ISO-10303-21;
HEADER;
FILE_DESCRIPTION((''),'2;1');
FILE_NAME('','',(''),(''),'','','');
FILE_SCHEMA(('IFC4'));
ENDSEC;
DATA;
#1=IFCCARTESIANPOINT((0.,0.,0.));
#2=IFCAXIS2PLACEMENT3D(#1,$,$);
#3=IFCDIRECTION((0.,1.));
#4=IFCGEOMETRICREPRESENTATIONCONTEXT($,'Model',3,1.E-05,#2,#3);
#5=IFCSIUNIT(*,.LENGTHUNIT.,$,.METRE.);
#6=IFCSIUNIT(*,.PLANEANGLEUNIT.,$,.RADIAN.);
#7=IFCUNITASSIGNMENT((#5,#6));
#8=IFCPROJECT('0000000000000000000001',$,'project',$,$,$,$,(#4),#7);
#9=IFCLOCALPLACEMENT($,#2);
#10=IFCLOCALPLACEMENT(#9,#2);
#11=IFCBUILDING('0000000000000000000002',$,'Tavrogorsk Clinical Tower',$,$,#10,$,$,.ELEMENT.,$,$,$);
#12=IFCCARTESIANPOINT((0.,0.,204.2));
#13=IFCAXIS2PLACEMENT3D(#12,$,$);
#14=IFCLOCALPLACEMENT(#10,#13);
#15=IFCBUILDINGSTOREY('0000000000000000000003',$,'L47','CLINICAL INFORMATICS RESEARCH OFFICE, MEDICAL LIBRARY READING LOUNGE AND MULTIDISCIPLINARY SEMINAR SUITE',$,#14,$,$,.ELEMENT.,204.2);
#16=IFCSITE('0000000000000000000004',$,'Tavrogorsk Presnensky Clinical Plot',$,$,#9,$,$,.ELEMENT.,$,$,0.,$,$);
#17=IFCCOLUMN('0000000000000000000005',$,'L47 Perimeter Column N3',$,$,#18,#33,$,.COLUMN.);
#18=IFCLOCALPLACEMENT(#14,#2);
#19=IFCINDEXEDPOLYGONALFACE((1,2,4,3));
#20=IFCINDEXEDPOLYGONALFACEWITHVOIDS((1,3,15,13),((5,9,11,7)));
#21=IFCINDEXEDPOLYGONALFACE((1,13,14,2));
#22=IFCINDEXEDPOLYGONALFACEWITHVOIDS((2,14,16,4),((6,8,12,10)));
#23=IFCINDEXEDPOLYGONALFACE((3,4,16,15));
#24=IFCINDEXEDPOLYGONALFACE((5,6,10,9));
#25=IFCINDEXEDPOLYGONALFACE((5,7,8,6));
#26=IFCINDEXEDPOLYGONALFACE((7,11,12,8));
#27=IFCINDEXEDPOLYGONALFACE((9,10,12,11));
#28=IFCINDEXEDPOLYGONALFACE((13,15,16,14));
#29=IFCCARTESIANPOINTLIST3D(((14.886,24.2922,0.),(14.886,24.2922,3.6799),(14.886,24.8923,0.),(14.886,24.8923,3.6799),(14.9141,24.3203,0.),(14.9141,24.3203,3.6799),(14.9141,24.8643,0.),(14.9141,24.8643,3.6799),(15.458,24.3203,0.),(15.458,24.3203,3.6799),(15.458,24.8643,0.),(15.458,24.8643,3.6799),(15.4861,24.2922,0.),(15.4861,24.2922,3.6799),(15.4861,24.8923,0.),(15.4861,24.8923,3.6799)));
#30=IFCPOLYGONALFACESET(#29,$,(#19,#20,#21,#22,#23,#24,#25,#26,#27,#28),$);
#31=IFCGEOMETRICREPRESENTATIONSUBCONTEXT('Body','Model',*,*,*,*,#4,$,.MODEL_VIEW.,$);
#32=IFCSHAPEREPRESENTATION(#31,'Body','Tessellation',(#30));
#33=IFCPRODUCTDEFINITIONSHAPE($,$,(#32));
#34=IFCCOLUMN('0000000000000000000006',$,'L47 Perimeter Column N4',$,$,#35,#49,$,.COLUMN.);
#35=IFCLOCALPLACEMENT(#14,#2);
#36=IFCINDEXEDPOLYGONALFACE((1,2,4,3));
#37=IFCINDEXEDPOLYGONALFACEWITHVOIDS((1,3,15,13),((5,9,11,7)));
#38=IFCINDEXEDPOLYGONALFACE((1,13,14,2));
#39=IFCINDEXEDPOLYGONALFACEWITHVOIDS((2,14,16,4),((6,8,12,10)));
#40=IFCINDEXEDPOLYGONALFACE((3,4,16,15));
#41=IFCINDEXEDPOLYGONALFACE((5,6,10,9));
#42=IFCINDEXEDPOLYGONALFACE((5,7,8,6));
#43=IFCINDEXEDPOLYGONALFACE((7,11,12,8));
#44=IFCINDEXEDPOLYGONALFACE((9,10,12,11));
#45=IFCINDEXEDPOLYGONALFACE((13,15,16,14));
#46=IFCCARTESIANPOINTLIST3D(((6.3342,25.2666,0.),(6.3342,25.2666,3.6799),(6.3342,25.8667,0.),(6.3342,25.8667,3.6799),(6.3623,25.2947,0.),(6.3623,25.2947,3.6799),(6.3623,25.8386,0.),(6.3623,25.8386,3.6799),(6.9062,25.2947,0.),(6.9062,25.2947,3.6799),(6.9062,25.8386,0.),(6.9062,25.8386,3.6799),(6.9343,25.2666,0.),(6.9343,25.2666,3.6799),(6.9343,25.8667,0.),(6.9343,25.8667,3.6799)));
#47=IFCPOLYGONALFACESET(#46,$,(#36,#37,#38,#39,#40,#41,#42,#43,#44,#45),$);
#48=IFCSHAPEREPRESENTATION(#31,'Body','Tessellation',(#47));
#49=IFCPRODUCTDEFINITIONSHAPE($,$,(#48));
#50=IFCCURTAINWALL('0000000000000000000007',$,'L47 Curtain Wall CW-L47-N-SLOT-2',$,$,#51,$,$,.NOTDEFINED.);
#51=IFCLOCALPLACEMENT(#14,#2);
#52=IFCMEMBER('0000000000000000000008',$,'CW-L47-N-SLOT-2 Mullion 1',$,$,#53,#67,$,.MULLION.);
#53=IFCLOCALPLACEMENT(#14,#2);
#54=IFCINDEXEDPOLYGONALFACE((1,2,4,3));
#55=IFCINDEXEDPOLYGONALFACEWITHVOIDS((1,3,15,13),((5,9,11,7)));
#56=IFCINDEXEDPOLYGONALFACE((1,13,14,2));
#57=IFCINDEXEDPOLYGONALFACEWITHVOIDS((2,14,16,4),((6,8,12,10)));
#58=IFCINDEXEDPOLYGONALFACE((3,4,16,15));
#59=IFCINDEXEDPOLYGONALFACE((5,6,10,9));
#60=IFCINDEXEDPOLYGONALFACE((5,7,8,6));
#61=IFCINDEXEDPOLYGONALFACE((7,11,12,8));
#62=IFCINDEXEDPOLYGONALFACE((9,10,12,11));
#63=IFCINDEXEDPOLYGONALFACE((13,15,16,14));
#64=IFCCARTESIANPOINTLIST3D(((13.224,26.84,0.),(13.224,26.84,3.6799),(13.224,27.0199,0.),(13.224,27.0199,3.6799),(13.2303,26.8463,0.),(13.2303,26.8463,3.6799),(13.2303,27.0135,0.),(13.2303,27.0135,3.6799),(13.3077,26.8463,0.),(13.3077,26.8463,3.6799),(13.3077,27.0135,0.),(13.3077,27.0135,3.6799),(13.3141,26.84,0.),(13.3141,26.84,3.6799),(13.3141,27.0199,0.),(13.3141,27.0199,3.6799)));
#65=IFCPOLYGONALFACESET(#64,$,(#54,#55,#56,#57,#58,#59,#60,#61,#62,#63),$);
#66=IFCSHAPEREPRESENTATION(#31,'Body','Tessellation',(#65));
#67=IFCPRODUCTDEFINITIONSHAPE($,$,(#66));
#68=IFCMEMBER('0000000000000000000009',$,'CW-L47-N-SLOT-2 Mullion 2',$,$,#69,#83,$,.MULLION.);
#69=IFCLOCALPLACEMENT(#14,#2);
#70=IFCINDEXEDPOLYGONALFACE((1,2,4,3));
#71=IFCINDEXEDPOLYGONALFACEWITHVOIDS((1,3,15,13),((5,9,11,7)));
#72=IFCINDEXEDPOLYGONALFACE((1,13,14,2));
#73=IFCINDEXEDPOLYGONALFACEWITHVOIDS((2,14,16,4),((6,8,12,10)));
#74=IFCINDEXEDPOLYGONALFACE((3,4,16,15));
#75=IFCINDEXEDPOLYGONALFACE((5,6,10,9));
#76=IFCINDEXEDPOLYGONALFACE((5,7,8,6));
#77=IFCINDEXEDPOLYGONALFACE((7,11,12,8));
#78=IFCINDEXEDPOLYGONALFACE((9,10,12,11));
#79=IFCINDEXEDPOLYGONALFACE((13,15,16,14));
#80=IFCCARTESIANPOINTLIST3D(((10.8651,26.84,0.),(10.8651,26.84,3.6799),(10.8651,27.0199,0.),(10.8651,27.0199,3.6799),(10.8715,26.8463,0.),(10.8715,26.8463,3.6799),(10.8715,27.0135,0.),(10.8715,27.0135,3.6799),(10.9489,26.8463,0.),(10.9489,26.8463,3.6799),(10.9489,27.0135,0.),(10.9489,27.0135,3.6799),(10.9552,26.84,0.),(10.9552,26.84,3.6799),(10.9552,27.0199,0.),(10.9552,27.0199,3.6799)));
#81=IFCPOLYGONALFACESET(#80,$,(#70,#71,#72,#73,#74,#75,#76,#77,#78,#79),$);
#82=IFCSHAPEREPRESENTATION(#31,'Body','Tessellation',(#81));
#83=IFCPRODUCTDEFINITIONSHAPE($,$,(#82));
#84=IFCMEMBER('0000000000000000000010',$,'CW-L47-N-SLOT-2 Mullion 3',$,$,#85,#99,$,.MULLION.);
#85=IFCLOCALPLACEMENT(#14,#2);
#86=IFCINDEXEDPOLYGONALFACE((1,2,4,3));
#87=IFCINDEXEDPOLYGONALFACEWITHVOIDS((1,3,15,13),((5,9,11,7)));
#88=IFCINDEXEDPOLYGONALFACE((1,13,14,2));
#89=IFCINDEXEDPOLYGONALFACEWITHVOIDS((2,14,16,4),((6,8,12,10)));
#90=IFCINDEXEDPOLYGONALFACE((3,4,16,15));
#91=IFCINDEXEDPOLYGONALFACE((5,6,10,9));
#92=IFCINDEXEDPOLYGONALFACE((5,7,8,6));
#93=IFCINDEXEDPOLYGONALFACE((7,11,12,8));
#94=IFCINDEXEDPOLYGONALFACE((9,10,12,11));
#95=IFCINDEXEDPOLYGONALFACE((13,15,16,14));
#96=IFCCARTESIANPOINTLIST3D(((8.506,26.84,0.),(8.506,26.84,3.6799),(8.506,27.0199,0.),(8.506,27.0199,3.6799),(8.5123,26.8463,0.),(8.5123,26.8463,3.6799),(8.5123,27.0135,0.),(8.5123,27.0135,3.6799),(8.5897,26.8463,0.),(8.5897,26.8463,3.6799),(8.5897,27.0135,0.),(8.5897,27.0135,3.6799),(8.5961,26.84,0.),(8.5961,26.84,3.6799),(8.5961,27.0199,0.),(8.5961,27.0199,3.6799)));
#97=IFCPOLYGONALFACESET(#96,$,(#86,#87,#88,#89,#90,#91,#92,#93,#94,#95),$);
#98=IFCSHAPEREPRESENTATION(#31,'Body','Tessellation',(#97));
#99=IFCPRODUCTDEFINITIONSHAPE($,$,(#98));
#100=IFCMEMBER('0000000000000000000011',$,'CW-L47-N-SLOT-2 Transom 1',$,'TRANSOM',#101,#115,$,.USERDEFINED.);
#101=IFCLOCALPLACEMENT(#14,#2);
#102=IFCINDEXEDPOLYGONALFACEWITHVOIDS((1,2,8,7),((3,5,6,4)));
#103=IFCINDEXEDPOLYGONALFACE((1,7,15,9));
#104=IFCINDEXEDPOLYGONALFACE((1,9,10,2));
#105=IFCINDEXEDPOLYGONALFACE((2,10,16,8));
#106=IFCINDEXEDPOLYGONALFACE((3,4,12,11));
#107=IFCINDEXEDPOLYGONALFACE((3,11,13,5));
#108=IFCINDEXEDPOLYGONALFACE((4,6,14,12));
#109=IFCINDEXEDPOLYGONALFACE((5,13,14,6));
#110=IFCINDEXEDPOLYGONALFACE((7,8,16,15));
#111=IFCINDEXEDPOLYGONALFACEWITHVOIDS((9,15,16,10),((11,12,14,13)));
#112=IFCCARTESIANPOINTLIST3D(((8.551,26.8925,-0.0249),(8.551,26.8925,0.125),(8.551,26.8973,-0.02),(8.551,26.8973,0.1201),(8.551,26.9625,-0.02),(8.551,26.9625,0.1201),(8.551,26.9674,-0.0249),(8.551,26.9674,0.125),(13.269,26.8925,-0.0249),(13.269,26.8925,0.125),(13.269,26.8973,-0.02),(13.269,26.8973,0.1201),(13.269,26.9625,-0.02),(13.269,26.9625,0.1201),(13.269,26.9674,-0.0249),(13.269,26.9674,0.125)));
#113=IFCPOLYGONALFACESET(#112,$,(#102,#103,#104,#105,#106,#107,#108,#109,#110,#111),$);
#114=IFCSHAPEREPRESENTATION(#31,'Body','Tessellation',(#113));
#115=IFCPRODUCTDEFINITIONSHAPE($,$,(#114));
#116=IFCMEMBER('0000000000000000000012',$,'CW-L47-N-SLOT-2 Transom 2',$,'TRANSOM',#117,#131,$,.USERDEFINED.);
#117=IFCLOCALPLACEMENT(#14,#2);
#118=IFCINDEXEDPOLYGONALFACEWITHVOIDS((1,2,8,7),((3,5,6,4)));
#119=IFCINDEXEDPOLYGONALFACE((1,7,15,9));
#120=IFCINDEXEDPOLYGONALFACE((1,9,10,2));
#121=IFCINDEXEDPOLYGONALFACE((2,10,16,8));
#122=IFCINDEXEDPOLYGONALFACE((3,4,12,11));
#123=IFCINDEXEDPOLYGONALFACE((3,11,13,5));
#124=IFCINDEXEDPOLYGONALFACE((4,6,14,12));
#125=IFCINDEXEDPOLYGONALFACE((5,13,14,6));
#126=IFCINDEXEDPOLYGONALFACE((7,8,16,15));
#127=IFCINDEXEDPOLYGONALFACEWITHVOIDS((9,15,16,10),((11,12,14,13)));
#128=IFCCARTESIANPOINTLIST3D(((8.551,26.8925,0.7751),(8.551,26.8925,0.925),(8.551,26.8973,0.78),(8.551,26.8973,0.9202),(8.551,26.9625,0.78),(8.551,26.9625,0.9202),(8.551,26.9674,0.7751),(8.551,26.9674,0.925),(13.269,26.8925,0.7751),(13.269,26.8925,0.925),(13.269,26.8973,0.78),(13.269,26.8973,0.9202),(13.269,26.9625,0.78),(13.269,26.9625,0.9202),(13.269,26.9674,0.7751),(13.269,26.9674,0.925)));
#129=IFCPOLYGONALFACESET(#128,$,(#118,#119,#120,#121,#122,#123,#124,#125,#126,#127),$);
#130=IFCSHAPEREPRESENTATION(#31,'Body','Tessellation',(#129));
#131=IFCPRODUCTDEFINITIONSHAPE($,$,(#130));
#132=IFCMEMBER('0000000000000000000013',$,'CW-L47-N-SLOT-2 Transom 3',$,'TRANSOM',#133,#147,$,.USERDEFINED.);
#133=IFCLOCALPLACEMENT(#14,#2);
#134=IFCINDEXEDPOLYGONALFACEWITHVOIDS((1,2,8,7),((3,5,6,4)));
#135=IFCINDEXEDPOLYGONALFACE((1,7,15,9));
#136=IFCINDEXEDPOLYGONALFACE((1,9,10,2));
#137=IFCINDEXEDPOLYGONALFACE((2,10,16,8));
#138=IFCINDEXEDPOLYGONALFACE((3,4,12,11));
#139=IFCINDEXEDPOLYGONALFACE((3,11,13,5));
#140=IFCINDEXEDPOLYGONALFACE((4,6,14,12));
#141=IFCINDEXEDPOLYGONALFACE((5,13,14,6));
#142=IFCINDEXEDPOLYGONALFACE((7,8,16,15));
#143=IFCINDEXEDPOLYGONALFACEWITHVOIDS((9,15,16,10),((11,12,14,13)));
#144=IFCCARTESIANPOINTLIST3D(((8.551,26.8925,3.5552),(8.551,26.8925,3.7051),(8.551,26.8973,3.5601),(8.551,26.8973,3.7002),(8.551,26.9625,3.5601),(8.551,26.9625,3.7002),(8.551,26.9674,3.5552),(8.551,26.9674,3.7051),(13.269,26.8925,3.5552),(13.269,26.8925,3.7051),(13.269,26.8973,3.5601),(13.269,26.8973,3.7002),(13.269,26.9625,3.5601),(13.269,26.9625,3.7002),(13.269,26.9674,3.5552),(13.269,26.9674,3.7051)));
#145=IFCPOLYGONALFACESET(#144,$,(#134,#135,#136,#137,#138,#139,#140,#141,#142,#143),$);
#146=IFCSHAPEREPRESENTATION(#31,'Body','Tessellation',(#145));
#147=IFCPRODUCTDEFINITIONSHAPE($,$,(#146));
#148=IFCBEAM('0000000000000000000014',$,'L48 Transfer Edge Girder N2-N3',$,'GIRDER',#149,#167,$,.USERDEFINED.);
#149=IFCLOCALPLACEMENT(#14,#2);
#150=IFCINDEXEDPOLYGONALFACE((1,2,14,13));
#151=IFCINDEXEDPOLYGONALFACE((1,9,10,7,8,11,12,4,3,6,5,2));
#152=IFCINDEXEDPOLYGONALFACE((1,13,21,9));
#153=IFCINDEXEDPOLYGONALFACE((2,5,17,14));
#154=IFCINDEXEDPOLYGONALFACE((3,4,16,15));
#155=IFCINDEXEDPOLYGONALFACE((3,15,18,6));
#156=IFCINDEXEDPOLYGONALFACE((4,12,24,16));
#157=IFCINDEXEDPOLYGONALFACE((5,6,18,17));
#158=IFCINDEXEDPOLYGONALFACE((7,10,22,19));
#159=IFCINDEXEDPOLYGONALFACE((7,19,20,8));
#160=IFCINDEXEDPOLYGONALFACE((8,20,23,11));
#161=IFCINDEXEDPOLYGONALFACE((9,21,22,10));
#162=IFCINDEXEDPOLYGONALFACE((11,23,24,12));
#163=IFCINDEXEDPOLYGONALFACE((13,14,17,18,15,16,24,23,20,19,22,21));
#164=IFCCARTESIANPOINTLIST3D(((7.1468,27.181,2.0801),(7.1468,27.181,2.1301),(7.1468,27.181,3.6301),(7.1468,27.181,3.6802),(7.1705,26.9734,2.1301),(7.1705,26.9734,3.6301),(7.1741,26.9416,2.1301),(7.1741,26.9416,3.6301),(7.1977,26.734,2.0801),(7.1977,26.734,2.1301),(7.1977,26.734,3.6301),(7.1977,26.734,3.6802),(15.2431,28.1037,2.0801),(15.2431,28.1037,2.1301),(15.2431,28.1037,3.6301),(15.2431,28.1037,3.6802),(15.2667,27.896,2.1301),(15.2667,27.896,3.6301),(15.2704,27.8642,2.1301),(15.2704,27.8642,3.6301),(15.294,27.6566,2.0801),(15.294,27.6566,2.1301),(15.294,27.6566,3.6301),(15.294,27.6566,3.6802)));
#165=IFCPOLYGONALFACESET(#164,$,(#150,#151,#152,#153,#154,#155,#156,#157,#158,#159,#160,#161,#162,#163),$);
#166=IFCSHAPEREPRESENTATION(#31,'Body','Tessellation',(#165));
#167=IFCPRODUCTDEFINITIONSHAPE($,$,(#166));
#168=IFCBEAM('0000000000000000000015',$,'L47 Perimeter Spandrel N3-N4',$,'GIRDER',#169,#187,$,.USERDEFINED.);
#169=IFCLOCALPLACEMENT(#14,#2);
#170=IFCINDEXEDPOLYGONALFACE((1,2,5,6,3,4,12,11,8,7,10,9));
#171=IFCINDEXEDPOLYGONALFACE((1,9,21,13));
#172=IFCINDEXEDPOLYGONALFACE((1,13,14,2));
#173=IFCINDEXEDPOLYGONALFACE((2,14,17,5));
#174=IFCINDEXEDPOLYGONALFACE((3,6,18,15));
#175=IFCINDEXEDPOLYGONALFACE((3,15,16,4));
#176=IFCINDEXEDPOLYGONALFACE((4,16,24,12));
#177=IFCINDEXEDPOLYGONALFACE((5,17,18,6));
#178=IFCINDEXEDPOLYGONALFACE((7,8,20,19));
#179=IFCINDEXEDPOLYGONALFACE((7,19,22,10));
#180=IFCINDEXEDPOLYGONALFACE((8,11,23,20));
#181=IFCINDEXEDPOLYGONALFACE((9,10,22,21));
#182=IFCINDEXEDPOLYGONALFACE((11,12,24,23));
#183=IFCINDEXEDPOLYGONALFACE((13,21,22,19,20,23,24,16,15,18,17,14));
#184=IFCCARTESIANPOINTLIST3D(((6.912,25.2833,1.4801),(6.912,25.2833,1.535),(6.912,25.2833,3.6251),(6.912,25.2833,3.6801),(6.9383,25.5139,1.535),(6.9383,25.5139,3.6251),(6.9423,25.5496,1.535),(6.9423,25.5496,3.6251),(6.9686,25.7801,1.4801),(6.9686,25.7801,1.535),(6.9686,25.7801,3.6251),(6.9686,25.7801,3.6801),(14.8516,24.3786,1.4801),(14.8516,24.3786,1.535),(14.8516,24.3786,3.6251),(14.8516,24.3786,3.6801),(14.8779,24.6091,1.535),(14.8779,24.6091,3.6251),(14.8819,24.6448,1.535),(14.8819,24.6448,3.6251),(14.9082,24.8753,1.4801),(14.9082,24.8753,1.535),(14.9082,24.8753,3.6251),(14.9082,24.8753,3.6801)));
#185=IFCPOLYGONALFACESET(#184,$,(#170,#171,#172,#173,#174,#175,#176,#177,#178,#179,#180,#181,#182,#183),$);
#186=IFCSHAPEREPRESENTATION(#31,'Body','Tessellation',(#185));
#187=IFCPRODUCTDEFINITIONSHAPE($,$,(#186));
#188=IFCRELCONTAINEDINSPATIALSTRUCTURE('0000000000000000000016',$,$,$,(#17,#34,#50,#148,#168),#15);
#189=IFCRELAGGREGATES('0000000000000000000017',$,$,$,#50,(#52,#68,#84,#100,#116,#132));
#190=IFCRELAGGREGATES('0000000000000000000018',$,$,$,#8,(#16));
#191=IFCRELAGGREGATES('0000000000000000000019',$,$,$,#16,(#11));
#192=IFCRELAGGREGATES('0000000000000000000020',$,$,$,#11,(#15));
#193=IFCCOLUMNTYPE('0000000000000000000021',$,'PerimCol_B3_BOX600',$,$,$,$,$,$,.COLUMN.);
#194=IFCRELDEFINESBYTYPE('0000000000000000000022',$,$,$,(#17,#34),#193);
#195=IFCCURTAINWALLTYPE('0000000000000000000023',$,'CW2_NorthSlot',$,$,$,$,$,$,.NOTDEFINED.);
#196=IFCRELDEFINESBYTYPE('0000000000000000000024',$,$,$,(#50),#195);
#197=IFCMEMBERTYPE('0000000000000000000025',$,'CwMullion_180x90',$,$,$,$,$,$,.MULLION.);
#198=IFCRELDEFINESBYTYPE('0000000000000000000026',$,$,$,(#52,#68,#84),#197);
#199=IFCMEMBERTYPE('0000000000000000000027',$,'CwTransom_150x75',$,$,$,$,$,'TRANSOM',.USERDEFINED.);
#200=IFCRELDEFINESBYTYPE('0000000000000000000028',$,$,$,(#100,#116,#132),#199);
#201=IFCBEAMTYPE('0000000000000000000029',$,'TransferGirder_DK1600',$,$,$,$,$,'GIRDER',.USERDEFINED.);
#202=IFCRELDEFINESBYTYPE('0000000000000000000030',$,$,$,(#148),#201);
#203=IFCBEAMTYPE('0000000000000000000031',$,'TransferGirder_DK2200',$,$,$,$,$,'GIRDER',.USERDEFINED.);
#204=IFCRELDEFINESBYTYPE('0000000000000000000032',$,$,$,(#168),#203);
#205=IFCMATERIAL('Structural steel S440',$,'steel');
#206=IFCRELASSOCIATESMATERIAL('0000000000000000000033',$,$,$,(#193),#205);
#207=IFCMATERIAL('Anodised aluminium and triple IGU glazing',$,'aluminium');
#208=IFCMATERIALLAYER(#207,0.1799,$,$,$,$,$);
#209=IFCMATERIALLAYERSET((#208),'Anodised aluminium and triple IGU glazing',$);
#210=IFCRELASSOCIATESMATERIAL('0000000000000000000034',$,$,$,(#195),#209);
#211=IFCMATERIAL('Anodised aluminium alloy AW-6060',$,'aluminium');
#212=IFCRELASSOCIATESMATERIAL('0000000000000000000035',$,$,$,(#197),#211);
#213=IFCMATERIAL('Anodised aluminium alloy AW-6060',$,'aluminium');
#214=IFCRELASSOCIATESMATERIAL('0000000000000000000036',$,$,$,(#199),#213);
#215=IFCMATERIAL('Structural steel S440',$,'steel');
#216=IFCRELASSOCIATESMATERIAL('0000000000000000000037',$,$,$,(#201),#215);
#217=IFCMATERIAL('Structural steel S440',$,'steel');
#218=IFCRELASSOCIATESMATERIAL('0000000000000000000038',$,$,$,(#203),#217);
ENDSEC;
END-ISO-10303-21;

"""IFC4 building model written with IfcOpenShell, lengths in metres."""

from ifc_helpers import new_model, si_unit, direction, frame, origin, origin_2d, place, context, subcontext, project, spatial, hollow_rectangle, i_section, extrude, material, layer, layer_set, material_profile, profile_set, type_object, element, aggregate, save


model = new_model("IFC4")

# Units and contexts
model_context = context("Model", 3, precision=1e-05, world=origin(), true_north=direction((0.0, 1.0)))
body_context = subcontext(model_context, "Body", "Model", "MODEL_VIEW")
ifc_project = project(units=[si_unit("LENGTHUNIT", "METRE"), si_unit("PLANEANGLEUNIT", "RADIAN")], contexts=[model_context])

# Site, building, storey
site_placement = place(None, origin())
site = spatial("IfcSite", under=ifc_project, at=site_placement, Name="Tavrogorsk Presnensky Clinical Plot", CompositionType="ELEMENT", RefElevation=0.0)
building_placement = place(site_placement, origin())
building = spatial("IfcBuilding", under=site, at=building_placement, Name="Tavrogorsk Clinical Tower", CompositionType="ELEMENT")
storey_placement = place(building_placement, frame((0.0, 0.0, 204.2)))
storey = spatial("IfcBuildingStorey", under=building, at=storey_placement, Name="L47", Description="CLINICAL INFORMATICS RESEARCH OFFICE, MEDICAL LIBRARY READING LOUNGE AND MULTIDISCIPLINARY SEMINAR SUITE", CompositionType="ELEMENT", Elevation=204.2)

# Columns
ifc_material_1 = material(Name="Structural steel S440", Category="steel")
ifc_material_profile_1 = material_profile(ifc_material_1, hollow_rectangle(XDim=0.6001, YDim=0.6001, WallThickness=0.0281, at=origin_2d()), Name="BOX-600x600x28")
ifc_profile_set_1 = profile_set([ifc_material_profile_1], Name="Structural steel S440")
column_type = type_object("IfcColumnType", Name="PerimCol_B3_BOX600", PredefinedType="COLUMN", material=ifc_profile_set_1)
for number, where, z_axis, x_axis, name in (
    (1, (15.186, 24.5923, 0.0), (0.0, 0.0, 1.0), (1.0, 0.0, 0.0), "L47 Perimeter Column N3"),
    (2, (6.6343, 25.5667, 0.0), (0.0, 0.0, 1.0), (1.0, 0.0, 0.0), "L47 Perimeter Column N4"),
):
    element("IfcColumn", number, at=place(storey_placement, frame(where, z_axis=z_axis, x_axis=x_axis)), inside=storey, type_object=column_type, Name=name, PredefinedType="COLUMN", context=body_context, shape_type="SweptSolid", body=[
        extrude(hollow_rectangle(XDim=0.6001, YDim=0.6001, WallThickness=0.0281, at=origin_2d()), origin(), (0.0, 0.0, 1.0), 3.6799),
    ])

# Curtain wall, members
ifc_material_2 = material(Name="Anodised aluminium and triple IGU glazing", Category="aluminium")
ifc_layer_1 = layer(ifc_material_2, 0.1799)
ifc_layer_set_1 = layer_set([ifc_layer_1], Name="Anodised aluminium and triple IGU glazing")
curtain_wall_type = type_object("IfcCurtainWallType", Name="CW2_NorthSlot", PredefinedType="NOTDEFINED", material=ifc_layer_set_1)
curtain_wall_placement = place(storey_placement, origin())
curtain_wall = element("IfcCurtainWall", 3, at=curtain_wall_placement, inside=storey, type_object=curtain_wall_type, Name="L47 Curtain Wall CW-L47-N-SLOT-2", PredefinedType="NOTDEFINED")
ifc_material_3 = material(Name="Anodised aluminium alloy AW-6060", Category="aluminium")
ifc_material_profile_2 = material_profile(ifc_material_3, hollow_rectangle(XDim=0.0901, YDim=0.1799, WallThickness=0.0063, at=origin_2d()), Name="RHS-180x90x6.3")
ifc_profile_set_2 = profile_set([ifc_material_profile_2], Name="Anodised aluminium alloy AW-6060")
member_type_1 = type_object("IfcMemberType", Name="CwMullion_180x90", PredefinedType="MULLION", material=ifc_profile_set_2)
member_1_placement = place(storey_placement, frame((13.269, 26.9299, 0.0), z_axis=(0.0, 0.0, 1.0), x_axis=(-1.0, 0.0, 0.0)))
member_1 = element("IfcMember", 4, at=member_1_placement, type_object=member_type_1, Name="CW-L47-N-SLOT-2 Mullion 1", PredefinedType="MULLION", context=body_context, shape_type="SweptSolid", body=[
    extrude(hollow_rectangle(XDim=0.0901, YDim=0.1799, WallThickness=0.0063, at=origin_2d()), origin(), (0.0, 0.0, 1.0), 3.6799),
])
member_2_placement = place(storey_placement, frame((10.9102, 26.9299, 0.0), z_axis=(0.0, 0.0, 1.0), x_axis=(-1.0, 0.0, 0.0)))
member_2 = element("IfcMember", 5, at=member_2_placement, type_object=member_type_1, Name="CW-L47-N-SLOT-2 Mullion 2", PredefinedType="MULLION", context=body_context, shape_type="SweptSolid", body=[
    extrude(hollow_rectangle(XDim=0.0901, YDim=0.1799, WallThickness=0.0063, at=origin_2d()), origin(), (0.0, 0.0, 1.0), 3.6799),
])
member_3_placement = place(storey_placement, frame((8.551, 26.9299, 0.0), z_axis=(0.0, 0.0, 1.0), x_axis=(-1.0, 0.0, 0.0)))
member_3 = element("IfcMember", 6, at=member_3_placement, type_object=member_type_1, Name="CW-L47-N-SLOT-2 Mullion 3", PredefinedType="MULLION", context=body_context, shape_type="SweptSolid", body=[
    extrude(hollow_rectangle(XDim=0.0901, YDim=0.1799, WallThickness=0.0063, at=origin_2d()), origin(), (0.0, 0.0, 1.0), 3.6799),
])
ifc_material_4 = material(Name="Anodised aluminium alloy AW-6060", Category="aluminium")
ifc_material_profile_3 = material_profile(ifc_material_4, hollow_rectangle(XDim=0.075, YDim=0.1499, WallThickness=0.0049, at=origin_2d()), Name="RHS-150x75x5")
ifc_profile_set_3 = profile_set([ifc_material_profile_3], Name="Anodised aluminium alloy AW-6060")
member_type_2 = type_object("IfcMemberType", Name="CwTransom_150x75", ElementType="TRANSOM", PredefinedType="USERDEFINED", material=ifc_profile_set_3)
member_4_placement = place(storey_placement, frame((13.269, 26.9299, 0.05), z_axis=(-1.0, 0.0, 0.0), x_axis=(0.0, -1.0, 0.0)))
member_4 = element("IfcMember", 7, at=member_4_placement, type_object=member_type_2, Name="CW-L47-N-SLOT-2 Transom 1", ObjectType="TRANSOM", PredefinedType="USERDEFINED", context=body_context, shape_type="SweptSolid", body=[
    extrude(hollow_rectangle(XDim=0.075, YDim=0.1499, WallThickness=0.0049, at=origin_2d()), origin(), (0.0, 0.0, 1.0), 4.718),
])
member_5_placement = place(storey_placement, frame((13.269, 26.9299, 0.8501), z_axis=(-1.0, 0.0, 0.0), x_axis=(0.0, -1.0, 0.0)))
member_5 = element("IfcMember", 8, at=member_5_placement, type_object=member_type_2, Name="CW-L47-N-SLOT-2 Transom 2", ObjectType="TRANSOM", PredefinedType="USERDEFINED", context=body_context, shape_type="SweptSolid", body=[
    extrude(hollow_rectangle(XDim=0.075, YDim=0.1499, WallThickness=0.0049, at=origin_2d()), origin(), (0.0, 0.0, 1.0), 4.718),
])
member_6_placement = place(storey_placement, frame((13.269, 26.9299, 3.6301), z_axis=(-1.0, 0.0, 0.0), x_axis=(0.0, -1.0, 0.0)))
member_6 = element("IfcMember", 9, at=member_6_placement, type_object=member_type_2, Name="CW-L47-N-SLOT-2 Transom 3", ObjectType="TRANSOM", PredefinedType="USERDEFINED", context=body_context, shape_type="SweptSolid", body=[
    extrude(hollow_rectangle(XDim=0.075, YDim=0.1499, WallThickness=0.0049, at=origin_2d()), origin(), (0.0, 0.0, 1.0), 4.718),
])

# Beams
ifc_material_5 = material(Name="Structural steel S440", Category="steel")
ifc_material_profile_4 = material_profile(ifc_material_5, i_section(OverallWidth=0.45, OverallDepth=1.6001, WebThickness=0.032, FlangeThickness=0.05, at=origin_2d()), Name="DK-1600x450x32x50")
ifc_profile_set_4 = profile_set([ifc_material_profile_4], Name="Structural steel S440")
beam_type_1 = type_object("IfcBeamType", Name="TransferGirder_DK1600", ElementType="GIRDER", PredefinedType="USERDEFINED", material=ifc_profile_set_4)
beam_1_placement = place(storey_placement, frame((15.2686, 27.8801, 2.8801), z_axis=(-0.99357, -0.113223, 0.0), x_axis=(0.113223, -0.99357, 0.0)))
element("IfcBeam", 10, at=beam_1_placement, inside=storey, type_object=beam_type_1, Name="L48 Transfer Edge Girder N2-N3", ObjectType="GIRDER", PredefinedType="USERDEFINED", context=body_context, shape_type="SweptSolid", body=[
    extrude(i_section(OverallWidth=0.45, OverallDepth=1.6001, WebThickness=0.032, FlangeThickness=0.05, at=origin_2d()), origin(), (0.0, 0.0, 1.0), 8.1487),
])
ifc_material_6 = material(Name="Structural steel S440", Category="steel")
ifc_material_profile_5 = material_profile(ifc_material_6, i_section(OverallWidth=0.5, OverallDepth=2.2, WebThickness=0.0359, FlangeThickness=0.0549, at=origin_2d()), Name="DK-2200x500x36x55")
ifc_profile_set_5 = profile_set([ifc_material_profile_5], Name="Structural steel S440")
beam_type_2 = type_object("IfcBeamType", Name="TransferGirder_DK2200", ElementType="GIRDER", PredefinedType="USERDEFINED", material=ifc_profile_set_5)
beam_2_placement = place(storey_placement, frame((14.8799, 24.627, 2.5801), z_axis=(-0.993569, 0.113224, 0.0), x_axis=(-0.113224, -0.993569, 0.0)))
element("IfcBeam", 11, at=beam_2_placement, inside=storey, type_object=beam_type_2, Name="L47 Perimeter Spandrel N3-N4", ObjectType="GIRDER", PredefinedType="USERDEFINED", context=body_context, shape_type="SweptSolid", body=[
    extrude(i_section(OverallWidth=0.5, OverallDepth=2.2, WebThickness=0.0359, FlangeThickness=0.0549, at=origin_2d()), origin(), (0.0, 0.0, 1.0), 7.991),
])

aggregate(curtain_wall, [member_1, member_2, member_3, member_4, member_5, member_6])

save(model, "model.ifc")
